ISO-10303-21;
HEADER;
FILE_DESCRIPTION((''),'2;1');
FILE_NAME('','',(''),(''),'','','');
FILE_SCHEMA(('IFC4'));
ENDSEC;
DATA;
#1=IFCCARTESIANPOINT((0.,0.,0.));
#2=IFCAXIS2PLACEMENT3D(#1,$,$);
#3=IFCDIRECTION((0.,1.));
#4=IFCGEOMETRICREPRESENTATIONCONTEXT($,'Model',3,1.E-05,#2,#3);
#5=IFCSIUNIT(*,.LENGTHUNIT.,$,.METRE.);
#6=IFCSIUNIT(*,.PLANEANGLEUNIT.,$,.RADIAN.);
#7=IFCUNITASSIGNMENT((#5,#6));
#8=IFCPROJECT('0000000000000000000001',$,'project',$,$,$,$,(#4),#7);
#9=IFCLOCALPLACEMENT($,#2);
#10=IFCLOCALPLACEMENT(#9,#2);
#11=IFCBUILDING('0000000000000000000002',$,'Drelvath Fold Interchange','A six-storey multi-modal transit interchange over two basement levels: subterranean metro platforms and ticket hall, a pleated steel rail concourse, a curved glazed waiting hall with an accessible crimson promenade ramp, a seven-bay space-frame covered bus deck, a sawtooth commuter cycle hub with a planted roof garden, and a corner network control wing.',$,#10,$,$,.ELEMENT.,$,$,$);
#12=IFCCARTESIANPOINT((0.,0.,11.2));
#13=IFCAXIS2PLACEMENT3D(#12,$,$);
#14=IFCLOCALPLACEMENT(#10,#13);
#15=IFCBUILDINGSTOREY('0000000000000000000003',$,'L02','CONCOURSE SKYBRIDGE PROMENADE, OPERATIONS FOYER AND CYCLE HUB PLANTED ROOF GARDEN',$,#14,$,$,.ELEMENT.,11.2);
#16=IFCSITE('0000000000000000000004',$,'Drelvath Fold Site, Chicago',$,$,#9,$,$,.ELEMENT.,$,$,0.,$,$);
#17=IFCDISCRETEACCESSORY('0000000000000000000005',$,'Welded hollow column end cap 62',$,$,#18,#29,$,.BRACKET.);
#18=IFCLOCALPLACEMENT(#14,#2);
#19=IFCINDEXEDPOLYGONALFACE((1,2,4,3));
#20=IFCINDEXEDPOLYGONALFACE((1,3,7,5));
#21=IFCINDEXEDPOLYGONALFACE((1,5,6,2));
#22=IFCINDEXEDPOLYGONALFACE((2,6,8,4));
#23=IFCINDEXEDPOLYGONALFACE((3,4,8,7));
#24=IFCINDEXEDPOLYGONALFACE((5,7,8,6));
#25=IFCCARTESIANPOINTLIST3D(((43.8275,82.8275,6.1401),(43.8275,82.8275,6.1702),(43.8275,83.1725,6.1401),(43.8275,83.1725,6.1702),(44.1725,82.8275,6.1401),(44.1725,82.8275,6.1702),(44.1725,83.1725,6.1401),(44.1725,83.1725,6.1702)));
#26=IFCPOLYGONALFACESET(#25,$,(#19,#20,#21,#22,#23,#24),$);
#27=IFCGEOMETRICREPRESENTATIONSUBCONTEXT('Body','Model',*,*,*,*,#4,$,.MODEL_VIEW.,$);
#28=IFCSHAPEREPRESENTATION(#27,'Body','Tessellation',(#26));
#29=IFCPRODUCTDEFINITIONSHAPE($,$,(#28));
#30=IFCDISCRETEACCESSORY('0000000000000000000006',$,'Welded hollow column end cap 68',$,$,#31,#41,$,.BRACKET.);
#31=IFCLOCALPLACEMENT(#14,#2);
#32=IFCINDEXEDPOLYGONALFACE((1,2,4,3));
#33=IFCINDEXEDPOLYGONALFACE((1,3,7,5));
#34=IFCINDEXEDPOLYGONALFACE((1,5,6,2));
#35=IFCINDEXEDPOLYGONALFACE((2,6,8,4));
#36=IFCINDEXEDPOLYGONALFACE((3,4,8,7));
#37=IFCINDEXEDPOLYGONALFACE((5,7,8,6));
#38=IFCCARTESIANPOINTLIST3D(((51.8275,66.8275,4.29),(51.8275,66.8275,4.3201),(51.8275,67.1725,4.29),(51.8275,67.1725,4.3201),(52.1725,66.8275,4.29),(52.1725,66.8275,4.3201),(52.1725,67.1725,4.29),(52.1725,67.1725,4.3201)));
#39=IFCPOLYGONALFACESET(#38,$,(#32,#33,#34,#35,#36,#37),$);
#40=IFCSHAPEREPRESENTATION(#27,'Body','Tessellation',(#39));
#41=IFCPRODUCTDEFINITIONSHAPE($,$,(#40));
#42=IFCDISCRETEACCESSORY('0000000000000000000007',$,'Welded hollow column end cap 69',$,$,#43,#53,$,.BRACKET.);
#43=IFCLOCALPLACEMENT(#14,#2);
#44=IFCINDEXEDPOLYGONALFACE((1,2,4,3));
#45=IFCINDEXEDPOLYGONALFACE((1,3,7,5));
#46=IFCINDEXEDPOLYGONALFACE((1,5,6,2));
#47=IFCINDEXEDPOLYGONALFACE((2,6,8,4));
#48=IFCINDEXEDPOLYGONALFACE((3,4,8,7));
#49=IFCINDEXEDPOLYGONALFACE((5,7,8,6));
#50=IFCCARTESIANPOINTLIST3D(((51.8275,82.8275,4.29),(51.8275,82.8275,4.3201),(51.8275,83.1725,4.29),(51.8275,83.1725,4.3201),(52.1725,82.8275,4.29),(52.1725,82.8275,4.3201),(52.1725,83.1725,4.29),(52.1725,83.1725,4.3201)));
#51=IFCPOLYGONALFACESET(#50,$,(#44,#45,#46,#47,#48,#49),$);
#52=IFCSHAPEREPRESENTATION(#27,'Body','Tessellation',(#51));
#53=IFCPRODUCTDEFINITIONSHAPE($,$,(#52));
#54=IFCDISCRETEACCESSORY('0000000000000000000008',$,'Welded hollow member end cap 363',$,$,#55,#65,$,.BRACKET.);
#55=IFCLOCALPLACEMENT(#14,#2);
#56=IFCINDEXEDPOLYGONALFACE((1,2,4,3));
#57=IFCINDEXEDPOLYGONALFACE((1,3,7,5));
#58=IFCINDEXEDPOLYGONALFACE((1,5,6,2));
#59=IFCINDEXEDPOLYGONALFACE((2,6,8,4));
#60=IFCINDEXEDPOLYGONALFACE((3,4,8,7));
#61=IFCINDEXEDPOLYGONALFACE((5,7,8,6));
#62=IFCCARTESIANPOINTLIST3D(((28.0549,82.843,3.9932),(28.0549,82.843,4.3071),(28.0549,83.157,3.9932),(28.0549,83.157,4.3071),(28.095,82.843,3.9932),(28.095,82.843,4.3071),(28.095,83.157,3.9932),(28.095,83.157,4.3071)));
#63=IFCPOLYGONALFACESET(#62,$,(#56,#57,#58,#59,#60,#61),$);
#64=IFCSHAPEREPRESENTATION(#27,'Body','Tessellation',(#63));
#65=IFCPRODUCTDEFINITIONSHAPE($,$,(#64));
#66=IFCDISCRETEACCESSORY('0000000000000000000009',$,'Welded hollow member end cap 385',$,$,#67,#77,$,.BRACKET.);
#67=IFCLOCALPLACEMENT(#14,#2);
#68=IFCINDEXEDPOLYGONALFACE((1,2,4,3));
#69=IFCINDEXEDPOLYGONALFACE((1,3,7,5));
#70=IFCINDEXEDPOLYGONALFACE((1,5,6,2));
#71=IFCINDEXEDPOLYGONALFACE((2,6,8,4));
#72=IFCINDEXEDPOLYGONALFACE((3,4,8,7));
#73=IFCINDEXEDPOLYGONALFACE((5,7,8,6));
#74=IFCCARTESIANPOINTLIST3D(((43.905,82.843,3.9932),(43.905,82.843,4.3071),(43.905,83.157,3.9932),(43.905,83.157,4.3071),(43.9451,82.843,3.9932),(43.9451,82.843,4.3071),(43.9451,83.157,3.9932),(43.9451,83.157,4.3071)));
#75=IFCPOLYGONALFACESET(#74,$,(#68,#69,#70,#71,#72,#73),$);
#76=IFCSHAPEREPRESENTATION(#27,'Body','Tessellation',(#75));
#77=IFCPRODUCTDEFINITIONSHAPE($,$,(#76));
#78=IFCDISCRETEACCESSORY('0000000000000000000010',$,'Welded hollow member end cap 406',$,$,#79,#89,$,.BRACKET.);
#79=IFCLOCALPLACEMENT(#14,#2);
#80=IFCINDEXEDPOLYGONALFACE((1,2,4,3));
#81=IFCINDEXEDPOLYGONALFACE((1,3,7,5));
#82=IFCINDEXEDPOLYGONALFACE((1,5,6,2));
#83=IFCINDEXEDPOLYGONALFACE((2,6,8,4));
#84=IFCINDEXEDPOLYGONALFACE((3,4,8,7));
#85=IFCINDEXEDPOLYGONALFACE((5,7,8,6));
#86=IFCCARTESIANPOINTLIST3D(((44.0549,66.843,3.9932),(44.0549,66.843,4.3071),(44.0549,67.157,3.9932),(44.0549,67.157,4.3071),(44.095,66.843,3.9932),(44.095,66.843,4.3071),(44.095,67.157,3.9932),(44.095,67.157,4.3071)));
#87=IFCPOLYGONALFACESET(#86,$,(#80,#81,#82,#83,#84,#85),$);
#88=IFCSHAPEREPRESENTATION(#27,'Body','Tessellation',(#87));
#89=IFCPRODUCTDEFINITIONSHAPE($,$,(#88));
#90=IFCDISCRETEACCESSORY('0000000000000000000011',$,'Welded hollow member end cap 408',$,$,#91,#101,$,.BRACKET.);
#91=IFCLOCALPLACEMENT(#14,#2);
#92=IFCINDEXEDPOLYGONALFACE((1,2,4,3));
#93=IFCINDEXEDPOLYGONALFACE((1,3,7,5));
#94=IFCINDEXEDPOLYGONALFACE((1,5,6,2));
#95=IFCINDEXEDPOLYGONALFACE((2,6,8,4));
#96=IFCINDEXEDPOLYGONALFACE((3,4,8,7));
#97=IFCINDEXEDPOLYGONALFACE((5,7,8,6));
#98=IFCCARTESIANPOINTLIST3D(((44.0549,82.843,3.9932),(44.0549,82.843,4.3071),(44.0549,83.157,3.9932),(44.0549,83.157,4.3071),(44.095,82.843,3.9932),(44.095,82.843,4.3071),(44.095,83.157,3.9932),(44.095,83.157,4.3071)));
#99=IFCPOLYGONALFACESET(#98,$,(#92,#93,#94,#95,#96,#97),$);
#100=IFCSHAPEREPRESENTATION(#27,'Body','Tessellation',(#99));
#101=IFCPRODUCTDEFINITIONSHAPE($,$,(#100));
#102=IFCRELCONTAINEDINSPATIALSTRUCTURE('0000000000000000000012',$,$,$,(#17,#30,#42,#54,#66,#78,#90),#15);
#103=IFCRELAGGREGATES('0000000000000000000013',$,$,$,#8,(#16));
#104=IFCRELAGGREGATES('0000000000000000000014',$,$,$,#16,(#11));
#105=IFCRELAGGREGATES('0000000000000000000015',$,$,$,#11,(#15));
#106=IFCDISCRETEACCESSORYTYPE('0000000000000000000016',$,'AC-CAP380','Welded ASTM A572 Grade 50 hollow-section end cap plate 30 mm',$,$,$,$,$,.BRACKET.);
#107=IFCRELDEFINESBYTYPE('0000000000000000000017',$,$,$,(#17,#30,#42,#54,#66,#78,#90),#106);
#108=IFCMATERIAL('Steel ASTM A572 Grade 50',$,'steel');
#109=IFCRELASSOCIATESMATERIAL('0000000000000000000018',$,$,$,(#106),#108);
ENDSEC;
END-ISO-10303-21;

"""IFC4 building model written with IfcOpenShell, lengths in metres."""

from ifc_helpers import new_model, si_unit, direction, frame, origin, origin_2d, place, context, subcontext, project, spatial, rectangle, extrude, material, type_object, element, save


model = new_model("IFC4")

# Units and contexts
model_context = context("Model", 3, precision=1e-05, world=origin(), true_north=direction((0.0, 1.0)))
body_context = subcontext(model_context, "Body", "Model", "MODEL_VIEW")
ifc_project = project(units=[si_unit("LENGTHUNIT", "METRE"), si_unit("PLANEANGLEUNIT", "RADIAN")], contexts=[model_context])

# Site, building, storey
site_placement = place(None, origin())
site = spatial("IfcSite", under=ifc_project, at=site_placement, Name="Drelvath Fold Site, Chicago", CompositionType="ELEMENT", RefElevation=0.0)
building_placement = place(site_placement, origin())
building = spatial("IfcBuilding", under=site, at=building_placement, Name="Drelvath Fold Interchange", Description="A six-storey multi-modal transit interchange over two basement levels: subterranean metro platforms and ticket hall, a pleated steel rail concourse, a curved glazed waiting hall with an accessible crimson promenade ramp, a seven-bay space-frame covered bus deck, a sawtooth commuter cycle hub with a planted roof garden, and a corner network control wing.", CompositionType="ELEMENT")
storey_placement = place(building_placement, frame((0.0, 0.0, 11.2)))
storey = spatial("IfcBuildingStorey", under=building, at=storey_placement, Name="L02", Description="CONCOURSE SKYBRIDGE PROMENADE, OPERATIONS FOYER AND CYCLE HUB PLANTED ROOF GARDEN", CompositionType="ELEMENT", Elevation=11.2)

# Discrete accessories
ifc_material_1 = material(Name="Steel ASTM A572 Grade 50", Category="steel")
discrete_accessory_type = type_object("IfcDiscreteAccessoryType", Name="AC-CAP380", Description="Welded ASTM A572 Grade 50 hollow-section end cap plate 30 mm", PredefinedType="BRACKET", material=ifc_material_1)
for number, where, z_axis, x_axis, name in (
    (1, (44.0, 83.0, 6.1401), (0.0, 0.0, 1.0), (1.0, 0.0, 0.0), "Welded hollow column end cap 62"),
    (2, (52.0, 67.0, 4.29), (0.0, 0.0, 1.0), (1.0, 0.0, 0.0), "Welded hollow column end cap 68"),
    (3, (52.0, 83.0, 4.29), (0.0, 0.0, 1.0), (1.0, 0.0, 0.0), "Welded hollow column end cap 69"),
):
    element("IfcDiscreteAccessory", number, at=place(storey_placement, frame(where, z_axis=z_axis, x_axis=x_axis)), inside=storey, type_object=discrete_accessory_type, Name=name, PredefinedType="BRACKET", context=body_context, shape_type="SweptSolid", body=[
        extrude(rectangle(XDim=0.345, YDim=0.345, at=origin_2d()), origin(), (0.0, 0.0, 1.0), 0.03),
    ])
for number, where, z_axis, x_axis, name in (
    (4, (28.075, 83.0, 3.9932), (0.0, 0.0, 1.0), (1.0, 0.0, 0.0), "Welded hollow member end cap 363"),
    (5, (43.925, 83.0, 3.9932), (0.0, 0.0, 1.0), (1.0, 0.0, 0.0), "Welded hollow member end cap 385"),
    (6, (44.075, 67.0, 3.9932), (0.0, 0.0, 1.0), (1.0, 0.0, 0.0), "Welded hollow member end cap 406"),
    (7, (44.075, 83.0, 3.9932), (0.0, 0.0, 1.0), (1.0, 0.0, 0.0), "Welded hollow member end cap 408"),
):
    element("IfcDiscreteAccessory", number, at=place(storey_placement, frame(where, z_axis=z_axis, x_axis=x_axis)), inside=storey, type_object=discrete_accessory_type, Name=name, PredefinedType="BRACKET", context=body_context, shape_type="SweptSolid", body=[
        extrude(rectangle(XDim=0.04, YDim=0.314, at=origin_2d()), origin(), (0.0, 0.0, 1.0), 0.314),
    ])

save(model, "model.ifc")
